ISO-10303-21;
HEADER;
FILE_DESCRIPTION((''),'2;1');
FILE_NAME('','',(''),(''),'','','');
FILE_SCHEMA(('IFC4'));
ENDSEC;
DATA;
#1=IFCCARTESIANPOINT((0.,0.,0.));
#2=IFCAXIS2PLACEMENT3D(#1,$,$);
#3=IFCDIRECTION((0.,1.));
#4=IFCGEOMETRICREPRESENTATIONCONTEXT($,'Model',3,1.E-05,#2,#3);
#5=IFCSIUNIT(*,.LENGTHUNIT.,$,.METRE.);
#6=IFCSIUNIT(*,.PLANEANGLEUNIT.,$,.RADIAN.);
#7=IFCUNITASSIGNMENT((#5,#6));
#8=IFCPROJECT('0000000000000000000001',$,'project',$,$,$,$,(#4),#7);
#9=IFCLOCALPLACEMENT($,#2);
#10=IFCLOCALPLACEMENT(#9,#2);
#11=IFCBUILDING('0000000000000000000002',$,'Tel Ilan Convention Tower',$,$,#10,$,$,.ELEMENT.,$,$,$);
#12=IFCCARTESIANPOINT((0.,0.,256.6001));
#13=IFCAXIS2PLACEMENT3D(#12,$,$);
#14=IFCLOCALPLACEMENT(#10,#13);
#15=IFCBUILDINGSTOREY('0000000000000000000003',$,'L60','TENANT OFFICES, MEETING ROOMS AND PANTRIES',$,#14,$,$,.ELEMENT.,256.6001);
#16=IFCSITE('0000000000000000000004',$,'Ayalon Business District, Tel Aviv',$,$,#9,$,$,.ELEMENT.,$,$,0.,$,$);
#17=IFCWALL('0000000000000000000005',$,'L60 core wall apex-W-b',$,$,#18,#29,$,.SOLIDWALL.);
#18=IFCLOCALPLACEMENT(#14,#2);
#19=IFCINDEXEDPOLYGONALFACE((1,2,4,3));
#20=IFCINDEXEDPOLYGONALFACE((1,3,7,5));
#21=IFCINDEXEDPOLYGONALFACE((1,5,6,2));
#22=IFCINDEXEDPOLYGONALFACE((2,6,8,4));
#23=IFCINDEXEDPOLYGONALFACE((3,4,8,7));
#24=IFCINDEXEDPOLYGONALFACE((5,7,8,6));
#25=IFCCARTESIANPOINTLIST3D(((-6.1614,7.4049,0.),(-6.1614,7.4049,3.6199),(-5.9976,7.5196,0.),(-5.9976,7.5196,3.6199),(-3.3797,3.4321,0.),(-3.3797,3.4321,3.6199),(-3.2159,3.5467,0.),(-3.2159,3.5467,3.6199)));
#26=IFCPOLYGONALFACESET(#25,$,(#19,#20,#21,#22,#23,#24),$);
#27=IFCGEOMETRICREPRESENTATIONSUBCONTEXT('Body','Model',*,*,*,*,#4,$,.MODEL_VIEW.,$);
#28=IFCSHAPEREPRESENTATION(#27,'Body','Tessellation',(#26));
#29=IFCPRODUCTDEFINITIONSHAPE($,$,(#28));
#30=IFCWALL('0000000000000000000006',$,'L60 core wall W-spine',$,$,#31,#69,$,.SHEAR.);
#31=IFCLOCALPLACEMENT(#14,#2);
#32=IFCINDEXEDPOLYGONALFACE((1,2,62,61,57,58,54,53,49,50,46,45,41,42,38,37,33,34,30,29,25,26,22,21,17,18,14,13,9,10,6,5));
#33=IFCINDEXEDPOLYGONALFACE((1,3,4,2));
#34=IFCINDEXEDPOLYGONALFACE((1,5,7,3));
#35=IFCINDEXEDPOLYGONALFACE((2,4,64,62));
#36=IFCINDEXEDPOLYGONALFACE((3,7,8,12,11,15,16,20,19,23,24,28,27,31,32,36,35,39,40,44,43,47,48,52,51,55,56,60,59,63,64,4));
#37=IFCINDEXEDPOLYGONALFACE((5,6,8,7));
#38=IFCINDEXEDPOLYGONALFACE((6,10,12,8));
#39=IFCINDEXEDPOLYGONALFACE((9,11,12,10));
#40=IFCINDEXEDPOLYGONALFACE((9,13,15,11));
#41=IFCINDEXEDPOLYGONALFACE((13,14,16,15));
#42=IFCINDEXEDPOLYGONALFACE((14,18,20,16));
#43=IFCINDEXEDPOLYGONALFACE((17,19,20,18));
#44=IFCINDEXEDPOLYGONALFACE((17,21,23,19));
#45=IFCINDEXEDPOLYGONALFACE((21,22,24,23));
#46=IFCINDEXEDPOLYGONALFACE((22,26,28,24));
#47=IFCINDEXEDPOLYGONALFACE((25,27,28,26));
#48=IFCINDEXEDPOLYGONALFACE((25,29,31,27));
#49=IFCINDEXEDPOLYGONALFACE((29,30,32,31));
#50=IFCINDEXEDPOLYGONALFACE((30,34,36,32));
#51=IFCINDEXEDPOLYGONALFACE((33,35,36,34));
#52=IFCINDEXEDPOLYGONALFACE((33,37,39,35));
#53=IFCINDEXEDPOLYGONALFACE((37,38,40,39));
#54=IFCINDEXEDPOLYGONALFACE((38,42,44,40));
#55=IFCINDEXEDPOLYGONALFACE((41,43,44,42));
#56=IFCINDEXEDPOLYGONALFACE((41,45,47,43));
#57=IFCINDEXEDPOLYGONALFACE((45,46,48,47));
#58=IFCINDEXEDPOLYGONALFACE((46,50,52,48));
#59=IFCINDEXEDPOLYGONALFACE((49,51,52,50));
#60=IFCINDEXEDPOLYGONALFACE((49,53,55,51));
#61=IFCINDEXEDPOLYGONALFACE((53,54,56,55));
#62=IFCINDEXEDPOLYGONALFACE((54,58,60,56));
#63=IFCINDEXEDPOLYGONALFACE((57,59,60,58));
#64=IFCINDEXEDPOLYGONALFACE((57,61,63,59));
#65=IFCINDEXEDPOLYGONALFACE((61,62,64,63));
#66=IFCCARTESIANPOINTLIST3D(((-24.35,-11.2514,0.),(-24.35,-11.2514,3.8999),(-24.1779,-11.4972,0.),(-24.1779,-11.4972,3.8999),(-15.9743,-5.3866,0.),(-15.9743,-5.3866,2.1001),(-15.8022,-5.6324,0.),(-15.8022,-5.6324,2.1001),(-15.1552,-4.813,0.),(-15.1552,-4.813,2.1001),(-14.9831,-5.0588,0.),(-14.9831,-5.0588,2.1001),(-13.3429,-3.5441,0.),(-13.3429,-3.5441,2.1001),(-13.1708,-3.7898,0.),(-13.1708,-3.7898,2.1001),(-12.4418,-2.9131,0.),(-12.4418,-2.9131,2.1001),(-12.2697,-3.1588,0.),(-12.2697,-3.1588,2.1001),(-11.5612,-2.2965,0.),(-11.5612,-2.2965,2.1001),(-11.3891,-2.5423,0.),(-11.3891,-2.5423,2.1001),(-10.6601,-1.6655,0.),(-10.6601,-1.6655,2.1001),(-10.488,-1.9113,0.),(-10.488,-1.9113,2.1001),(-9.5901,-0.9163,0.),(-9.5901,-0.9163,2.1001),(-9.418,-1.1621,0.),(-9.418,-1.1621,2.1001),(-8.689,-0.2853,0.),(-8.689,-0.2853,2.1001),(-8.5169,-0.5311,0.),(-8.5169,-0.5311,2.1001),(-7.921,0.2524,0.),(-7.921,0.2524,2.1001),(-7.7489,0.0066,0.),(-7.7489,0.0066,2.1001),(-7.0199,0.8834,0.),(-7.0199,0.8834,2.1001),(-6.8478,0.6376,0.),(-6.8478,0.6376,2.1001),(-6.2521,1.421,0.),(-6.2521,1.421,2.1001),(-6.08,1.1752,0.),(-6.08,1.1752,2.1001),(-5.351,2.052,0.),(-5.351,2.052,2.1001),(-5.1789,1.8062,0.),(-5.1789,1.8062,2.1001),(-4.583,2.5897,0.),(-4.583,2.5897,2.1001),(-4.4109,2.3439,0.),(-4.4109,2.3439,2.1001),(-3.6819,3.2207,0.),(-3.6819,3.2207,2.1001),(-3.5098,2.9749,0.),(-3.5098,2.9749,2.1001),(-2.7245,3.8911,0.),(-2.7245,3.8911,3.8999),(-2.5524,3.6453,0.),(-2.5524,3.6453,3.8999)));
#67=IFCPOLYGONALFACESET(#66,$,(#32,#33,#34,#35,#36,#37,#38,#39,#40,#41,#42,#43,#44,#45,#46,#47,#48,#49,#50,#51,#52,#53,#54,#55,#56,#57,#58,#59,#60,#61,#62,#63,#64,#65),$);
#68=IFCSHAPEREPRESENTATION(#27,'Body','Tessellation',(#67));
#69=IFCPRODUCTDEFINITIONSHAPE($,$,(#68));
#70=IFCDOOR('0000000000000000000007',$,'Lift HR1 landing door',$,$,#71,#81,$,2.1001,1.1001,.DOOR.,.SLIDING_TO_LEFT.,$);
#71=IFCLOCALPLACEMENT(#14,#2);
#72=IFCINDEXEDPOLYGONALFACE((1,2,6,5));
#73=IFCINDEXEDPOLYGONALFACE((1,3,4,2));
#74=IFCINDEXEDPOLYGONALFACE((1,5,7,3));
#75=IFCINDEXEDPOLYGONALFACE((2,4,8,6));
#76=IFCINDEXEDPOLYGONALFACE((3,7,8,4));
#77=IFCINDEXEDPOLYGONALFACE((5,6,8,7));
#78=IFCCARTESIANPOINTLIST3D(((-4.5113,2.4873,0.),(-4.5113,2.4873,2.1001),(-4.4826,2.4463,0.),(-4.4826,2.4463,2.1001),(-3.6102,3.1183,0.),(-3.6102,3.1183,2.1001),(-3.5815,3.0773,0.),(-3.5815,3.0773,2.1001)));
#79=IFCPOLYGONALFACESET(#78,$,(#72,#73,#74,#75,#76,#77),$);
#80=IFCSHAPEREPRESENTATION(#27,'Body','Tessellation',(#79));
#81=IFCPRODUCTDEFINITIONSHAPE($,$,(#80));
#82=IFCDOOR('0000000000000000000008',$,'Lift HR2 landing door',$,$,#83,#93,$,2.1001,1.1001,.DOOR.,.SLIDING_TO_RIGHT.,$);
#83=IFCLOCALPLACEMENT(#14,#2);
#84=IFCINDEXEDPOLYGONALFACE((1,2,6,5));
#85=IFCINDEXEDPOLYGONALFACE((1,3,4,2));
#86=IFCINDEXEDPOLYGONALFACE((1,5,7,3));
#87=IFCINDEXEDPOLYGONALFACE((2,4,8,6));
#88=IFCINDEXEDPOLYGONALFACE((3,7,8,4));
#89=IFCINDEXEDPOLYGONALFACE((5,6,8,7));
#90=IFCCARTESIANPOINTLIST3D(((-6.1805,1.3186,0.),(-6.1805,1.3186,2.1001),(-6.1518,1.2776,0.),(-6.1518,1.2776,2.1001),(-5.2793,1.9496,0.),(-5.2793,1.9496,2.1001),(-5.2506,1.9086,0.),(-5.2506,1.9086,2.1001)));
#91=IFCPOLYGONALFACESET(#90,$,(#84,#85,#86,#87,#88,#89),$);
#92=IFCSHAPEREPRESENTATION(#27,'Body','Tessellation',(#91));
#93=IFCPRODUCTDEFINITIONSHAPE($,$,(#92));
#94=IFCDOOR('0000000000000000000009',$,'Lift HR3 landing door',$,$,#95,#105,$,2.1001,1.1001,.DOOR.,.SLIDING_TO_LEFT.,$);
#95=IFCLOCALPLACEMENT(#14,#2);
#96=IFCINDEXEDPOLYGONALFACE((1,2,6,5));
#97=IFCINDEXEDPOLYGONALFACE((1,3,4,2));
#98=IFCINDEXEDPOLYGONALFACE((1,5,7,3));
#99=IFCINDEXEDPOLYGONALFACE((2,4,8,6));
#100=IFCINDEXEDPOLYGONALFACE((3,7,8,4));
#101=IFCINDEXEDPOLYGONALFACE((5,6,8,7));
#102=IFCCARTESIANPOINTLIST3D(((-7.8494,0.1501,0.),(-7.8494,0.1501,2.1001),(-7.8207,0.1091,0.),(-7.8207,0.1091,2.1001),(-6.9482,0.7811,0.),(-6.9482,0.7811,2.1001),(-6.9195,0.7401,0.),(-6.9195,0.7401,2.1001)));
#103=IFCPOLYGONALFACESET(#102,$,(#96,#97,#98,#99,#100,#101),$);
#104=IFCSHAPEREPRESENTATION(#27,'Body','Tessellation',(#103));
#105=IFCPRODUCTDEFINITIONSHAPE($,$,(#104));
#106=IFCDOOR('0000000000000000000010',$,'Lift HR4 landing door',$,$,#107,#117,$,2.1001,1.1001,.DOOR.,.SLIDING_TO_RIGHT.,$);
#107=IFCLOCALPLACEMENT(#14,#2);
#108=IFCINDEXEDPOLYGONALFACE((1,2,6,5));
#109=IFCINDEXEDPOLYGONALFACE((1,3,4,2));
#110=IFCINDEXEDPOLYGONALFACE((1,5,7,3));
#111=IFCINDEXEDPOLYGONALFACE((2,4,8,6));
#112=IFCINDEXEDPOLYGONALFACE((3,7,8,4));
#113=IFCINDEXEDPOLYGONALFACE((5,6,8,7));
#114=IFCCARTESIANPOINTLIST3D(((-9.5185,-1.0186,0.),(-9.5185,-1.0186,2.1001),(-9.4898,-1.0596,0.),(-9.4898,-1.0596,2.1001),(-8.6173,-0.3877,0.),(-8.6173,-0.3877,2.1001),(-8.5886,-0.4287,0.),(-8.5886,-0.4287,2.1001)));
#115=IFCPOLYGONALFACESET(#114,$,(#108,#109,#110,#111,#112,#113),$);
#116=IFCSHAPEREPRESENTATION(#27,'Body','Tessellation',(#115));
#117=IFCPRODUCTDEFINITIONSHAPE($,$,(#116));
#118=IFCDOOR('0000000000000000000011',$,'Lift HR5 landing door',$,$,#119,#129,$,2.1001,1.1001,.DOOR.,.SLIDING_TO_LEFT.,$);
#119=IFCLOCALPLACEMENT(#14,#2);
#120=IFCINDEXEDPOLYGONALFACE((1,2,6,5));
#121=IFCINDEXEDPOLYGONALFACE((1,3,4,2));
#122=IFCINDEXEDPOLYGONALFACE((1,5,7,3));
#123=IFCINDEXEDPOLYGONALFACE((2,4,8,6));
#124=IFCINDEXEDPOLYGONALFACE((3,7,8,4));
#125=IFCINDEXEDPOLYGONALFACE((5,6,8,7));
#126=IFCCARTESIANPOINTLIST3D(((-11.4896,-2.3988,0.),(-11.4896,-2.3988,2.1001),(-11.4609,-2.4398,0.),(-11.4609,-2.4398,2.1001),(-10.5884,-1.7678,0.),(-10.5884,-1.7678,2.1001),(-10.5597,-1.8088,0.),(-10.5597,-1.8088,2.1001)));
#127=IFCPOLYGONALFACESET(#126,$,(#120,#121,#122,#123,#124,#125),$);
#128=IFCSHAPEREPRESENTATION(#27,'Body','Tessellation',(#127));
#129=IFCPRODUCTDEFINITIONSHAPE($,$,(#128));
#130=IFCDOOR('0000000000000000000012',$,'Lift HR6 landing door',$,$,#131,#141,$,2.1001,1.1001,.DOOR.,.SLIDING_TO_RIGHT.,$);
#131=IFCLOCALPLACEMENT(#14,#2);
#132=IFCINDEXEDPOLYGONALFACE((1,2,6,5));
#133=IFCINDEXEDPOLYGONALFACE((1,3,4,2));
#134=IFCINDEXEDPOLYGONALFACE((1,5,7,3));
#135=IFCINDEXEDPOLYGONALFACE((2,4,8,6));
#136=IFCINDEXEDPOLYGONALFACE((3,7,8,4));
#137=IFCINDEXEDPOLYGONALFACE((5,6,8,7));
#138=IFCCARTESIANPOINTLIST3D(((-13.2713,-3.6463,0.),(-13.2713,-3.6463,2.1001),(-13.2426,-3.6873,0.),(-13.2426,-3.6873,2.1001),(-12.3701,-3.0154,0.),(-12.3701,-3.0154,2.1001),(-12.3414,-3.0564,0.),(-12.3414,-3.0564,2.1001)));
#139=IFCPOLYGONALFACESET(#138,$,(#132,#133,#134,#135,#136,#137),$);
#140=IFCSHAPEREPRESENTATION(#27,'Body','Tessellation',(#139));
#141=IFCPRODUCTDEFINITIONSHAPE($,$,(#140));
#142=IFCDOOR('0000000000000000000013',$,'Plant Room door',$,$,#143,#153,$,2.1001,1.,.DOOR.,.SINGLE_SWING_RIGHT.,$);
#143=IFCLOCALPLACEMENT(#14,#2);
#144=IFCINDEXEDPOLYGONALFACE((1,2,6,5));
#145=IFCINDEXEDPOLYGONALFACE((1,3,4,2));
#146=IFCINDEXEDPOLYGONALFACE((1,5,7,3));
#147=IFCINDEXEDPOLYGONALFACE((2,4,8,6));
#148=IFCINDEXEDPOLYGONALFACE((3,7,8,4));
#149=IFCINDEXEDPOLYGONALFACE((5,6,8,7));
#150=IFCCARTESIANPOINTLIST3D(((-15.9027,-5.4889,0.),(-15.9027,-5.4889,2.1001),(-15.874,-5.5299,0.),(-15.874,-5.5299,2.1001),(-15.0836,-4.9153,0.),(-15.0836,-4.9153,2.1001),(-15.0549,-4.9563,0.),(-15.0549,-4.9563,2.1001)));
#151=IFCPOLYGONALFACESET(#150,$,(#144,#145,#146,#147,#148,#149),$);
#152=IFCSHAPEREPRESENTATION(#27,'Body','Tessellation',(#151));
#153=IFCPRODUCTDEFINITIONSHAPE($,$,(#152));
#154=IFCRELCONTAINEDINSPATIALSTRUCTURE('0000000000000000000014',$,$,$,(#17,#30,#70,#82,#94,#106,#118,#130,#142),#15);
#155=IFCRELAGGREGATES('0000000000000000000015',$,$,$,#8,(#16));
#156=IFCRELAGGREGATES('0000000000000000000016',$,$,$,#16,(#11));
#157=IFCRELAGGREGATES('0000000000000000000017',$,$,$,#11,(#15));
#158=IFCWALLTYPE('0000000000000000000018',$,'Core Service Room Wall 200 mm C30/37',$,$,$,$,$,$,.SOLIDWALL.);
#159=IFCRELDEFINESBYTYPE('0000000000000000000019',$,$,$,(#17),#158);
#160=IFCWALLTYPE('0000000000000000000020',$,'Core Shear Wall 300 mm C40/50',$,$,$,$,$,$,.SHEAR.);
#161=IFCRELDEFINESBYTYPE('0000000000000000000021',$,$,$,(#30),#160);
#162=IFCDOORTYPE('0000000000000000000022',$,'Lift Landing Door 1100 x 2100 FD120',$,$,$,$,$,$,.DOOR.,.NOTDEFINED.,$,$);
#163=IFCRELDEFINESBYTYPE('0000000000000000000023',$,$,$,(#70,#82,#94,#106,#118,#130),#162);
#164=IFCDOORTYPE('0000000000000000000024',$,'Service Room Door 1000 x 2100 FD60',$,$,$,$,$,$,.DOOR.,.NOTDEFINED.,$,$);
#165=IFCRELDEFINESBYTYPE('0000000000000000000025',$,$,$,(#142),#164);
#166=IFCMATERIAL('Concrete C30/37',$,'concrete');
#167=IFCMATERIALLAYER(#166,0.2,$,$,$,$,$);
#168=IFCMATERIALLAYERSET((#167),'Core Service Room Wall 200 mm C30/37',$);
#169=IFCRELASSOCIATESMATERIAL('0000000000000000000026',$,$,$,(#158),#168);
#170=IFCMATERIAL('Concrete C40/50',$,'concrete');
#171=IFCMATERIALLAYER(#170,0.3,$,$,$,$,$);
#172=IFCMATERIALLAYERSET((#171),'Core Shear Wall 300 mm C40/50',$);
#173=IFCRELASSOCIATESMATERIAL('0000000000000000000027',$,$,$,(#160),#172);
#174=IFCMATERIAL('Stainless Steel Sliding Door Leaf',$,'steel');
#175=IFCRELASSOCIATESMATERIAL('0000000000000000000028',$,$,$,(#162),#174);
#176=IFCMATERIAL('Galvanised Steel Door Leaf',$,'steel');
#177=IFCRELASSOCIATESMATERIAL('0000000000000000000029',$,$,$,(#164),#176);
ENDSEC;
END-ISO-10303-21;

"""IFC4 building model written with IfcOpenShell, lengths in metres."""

from ifc_helpers import new_model, si_unit, direction, frame, frame_2d, origin, place, context, subcontext, project, spatial, polyline, rectangle, outline, extrude, material, layer, layer_set, type_object, element, fill, save


model = new_model("IFC4")

# Units and contexts
model_context = context("Model", 3, precision=1e-05, world=origin(), true_north=direction((0.0, 1.0)))
body_context = subcontext(model_context, "Body", "Model", "MODEL_VIEW")
ifc_project = project(units=[si_unit("LENGTHUNIT", "METRE"), si_unit("PLANEANGLEUNIT", "RADIAN")], contexts=[model_context])

# Site, building, storey
site_placement = place(None, origin())
site = spatial("IfcSite", under=ifc_project, at=site_placement, Name="Ayalon Business District, Tel Aviv", CompositionType="ELEMENT", RefElevation=0.0)
building_placement = place(site_placement, origin())
building = spatial("IfcBuilding", under=site, at=building_placement, Name="Tel Ilan Convention Tower", CompositionType="ELEMENT")
storey_placement = place(building_placement, frame((0.0, 0.0, 256.6001)))
storey = spatial("IfcBuildingStorey", under=building, at=storey_placement, Name="L60", Description="TENANT OFFICES, MEETING ROOMS AND PANTRIES", CompositionType="ELEMENT", Elevation=256.6001)

# Wall
ifc_material_1 = material(Name="Concrete C30/37", Category="concrete")
ifc_layer_1 = layer(ifc_material_1, 0.2)
ifc_layer_set_1 = layer_set([ifc_layer_1], Name="Core Service Room Wall 200 mm C30/37")
wall_type_1 = type_object("IfcWallType", Name="Core Service Room Wall 200 mm C30/37", PredefinedType="SOLIDWALL", material=ifc_layer_set_1)
wall_1_placement = place(storey_placement, frame((-3.2979, 3.4895, 0.0), z_axis=(0.0, 0.0, 1.0), x_axis=(-0.57356, 0.819163, 0.0)))
element("IfcWall", 1, at=wall_1_placement, inside=storey, type_object=wall_type_1, Name="L60 core wall apex-W-b", PredefinedType="SOLIDWALL", context=body_context, shape_type="SweptSolid", body=[
    extrude(rectangle(XDim=4.8499, YDim=0.2, at=frame_2d((2.4248, 0.0))), origin(), (0.0, 0.0, 1.0), 3.6199),
])

# Wall, openings, doors
ifc_material_2 = material(Name="Concrete C40/50", Category="concrete")
ifc_layer_2 = layer(ifc_material_2, 0.3)
ifc_layer_set_2 = layer_set([ifc_layer_2], Name="Core Shear Wall 300 mm C40/50")
wall_type_2 = type_object("IfcWallType", Name="Core Shear Wall 300 mm C40/50", PredefinedType="SHEAR", material=ifc_layer_set_2)
wall_2_placement = place(storey_placement, frame((-2.6384, 3.7681, 0.0), z_axis=(0.0, 0.0, 1.0), x_axis=(-0.819155, -0.573572, 0.0)))
wall_2 = element("IfcWall", 2, at=wall_2_placement, inside=storey, type_object=wall_type_2, Name="L60 core wall W-spine", PredefinedType="SHEAR", context=body_context, shape_type="SweptSolid", body=[
    extrude(outline(polyline([(26.3999, 0.1501), (0.0, 0.1499), (0.0, -0.1501), (26.3999, -0.1499), (26.3999, 0.1501)])), origin(), (0.0, 0.0, 1.0), 3.8999),
])
opening_1_placement = place(wall_2_placement, frame((1.1687, 0.0, 0.0)))
opening_1 = element("IfcOpeningElement", 3, at=opening_1_placement, cuts=wall_2, PredefinedType="OPENING", context=body_context, shape_type="SweptSolid", body=[
    extrude(rectangle(XDim=1.1001, YDim=2.1001, at=frame_2d((0.55, 1.05))), frame((0.0, 0.1599, 0.0), z_axis=(0.0, -1.0, 0.0), x_axis=(1.0, 0.0, 0.0)), (0.0, 0.0, 1.0), 0.3201),
])
opening_2_placement = place(wall_2_placement, frame((3.2063, 0.0, 0.0)))
opening_2 = element("IfcOpeningElement", 4, at=opening_2_placement, cuts=wall_2, PredefinedType="OPENING", context=body_context, shape_type="SweptSolid", body=[
    extrude(rectangle(XDim=1.1001, YDim=2.1001, at=frame_2d((0.55, 1.05))), frame((0.0, 0.1599, 0.0), z_axis=(0.0, -1.0, 0.0), x_axis=(1.0, 0.0, 0.0)), (0.0, 0.0, 1.0), 0.3201),
])
opening_3_placement = place(wall_2_placement, frame((5.2437, 0.0, 0.0)))
opening_3 = element("IfcOpeningElement", 5, at=opening_3_placement, cuts=wall_2, PredefinedType="OPENING", context=body_context, shape_type="SweptSolid", body=[
    extrude(rectangle(XDim=1.1001, YDim=2.1001, at=frame_2d((0.55, 1.05))), frame((0.0, 0.1599, 0.0), z_axis=(0.0, -1.0, 0.0), x_axis=(1.0, 0.0, 0.0)), (0.0, 0.0, 1.0), 0.3201),
])
opening_4_placement = place(wall_2_placement, frame((7.2812, 0.0, 0.0)))
opening_4 = element("IfcOpeningElement", 6, at=opening_4_placement, cuts=wall_2, PredefinedType="OPENING", context=body_context, shape_type="SweptSolid", body=[
    extrude(rectangle(XDim=1.1001, YDim=2.1001, at=frame_2d((0.55, 1.05))), frame((0.0, 0.1599, 0.0), z_axis=(0.0, -1.0, 0.0), x_axis=(1.0, 0.0, 0.0)), (0.0, 0.0, 1.0), 0.3201),
])
opening_5_placement = place(wall_2_placement, frame((9.6875, 0.0, 0.0)))
opening_5 = element("IfcOpeningElement", 7, at=opening_5_placement, cuts=wall_2, PredefinedType="OPENING", context=body_context, shape_type="SweptSolid", body=[
    extrude(rectangle(XDim=1.1001, YDim=2.1001, at=frame_2d((0.55, 1.05))), frame((0.0, 0.1599, 0.0), z_axis=(0.0, -1.0, 0.0), x_axis=(1.0, 0.0, 0.0)), (0.0, 0.0, 1.0), 0.3201),
])
opening_6_placement = place(wall_2_placement, frame((11.8625, 0.0, 0.0)))
opening_6 = element("IfcOpeningElement", 8, at=opening_6_placement, cuts=wall_2, PredefinedType="OPENING", context=body_context, shape_type="SweptSolid", body=[
    extrude(rectangle(XDim=1.1001, YDim=2.1001, at=frame_2d((0.55, 1.05))), frame((0.0, 0.1599, 0.0), z_axis=(0.0, -1.0, 0.0), x_axis=(1.0, 0.0, 0.0)), (0.0, 0.0, 1.0), 0.3201),
])
opening_7_placement = place(wall_2_placement, frame((15.175, 0.0, 0.0)))
opening_7 = element("IfcOpeningElement", 9, at=opening_7_placement, cuts=wall_2, PredefinedType="OPENING", context=body_context, shape_type="SweptSolid", body=[
    extrude(rectangle(XDim=1.0, YDim=2.1001, at=frame_2d((0.5, 1.05))), frame((0.0, 0.1599, 0.0), z_axis=(0.0, -1.0, 0.0), x_axis=(1.0, 0.0, 0.0)), (0.0, 0.0, 1.0), 0.3201),
])
ifc_material_3 = material(Name="Stainless Steel Sliding Door Leaf", Category="steel")
door_type_1 = type_object("IfcDoorType", Name="Lift Landing Door 1100 x 2100 FD120", OperationType="NOTDEFINED", PredefinedType="DOOR", material=ifc_material_3)
door_1_placement = place(opening_1_placement, origin())
door_1 = element("IfcDoor", 10, at=door_1_placement, inside=storey, type_object=door_type_1, Name="Lift HR1 landing door", OperationType="SLIDING_TO_LEFT", OverallHeight=2.1001, OverallWidth=1.1001, PredefinedType="DOOR", context=body_context, shape_type="SweptSolid", body=[
    extrude(rectangle(XDim=1.1001, YDim=2.1001, at=frame_2d((0.55, 1.05))), frame((0.0, 0.0249, 0.0), z_axis=(0.0, -1.0, 0.0), x_axis=(1.0, 0.0, 0.0)), (0.0, 0.0, 1.0), 0.05),
])
fill(opening_1, door_1)
door_2_placement = place(opening_2_placement, origin())
door_2 = element("IfcDoor", 11, at=door_2_placement, inside=storey, type_object=door_type_1, Name="Lift HR2 landing door", OperationType="SLIDING_TO_RIGHT", OverallHeight=2.1001, OverallWidth=1.1001, PredefinedType="DOOR", context=body_context, shape_type="SweptSolid", body=[
    extrude(rectangle(XDim=1.1001, YDim=2.1001, at=frame_2d((0.55, 1.05))), frame((0.0, 0.0249, 0.0), z_axis=(0.0, -1.0, 0.0), x_axis=(1.0, 0.0, 0.0)), (0.0, 0.0, 1.0), 0.05),
])
fill(opening_2, door_2)
door_3_placement = place(opening_3_placement, origin())
door_3 = element("IfcDoor", 12, at=door_3_placement, inside=storey, type_object=door_type_1, Name="Lift HR3 landing door", OperationType="SLIDING_TO_LEFT", OverallHeight=2.1001, OverallWidth=1.1001, PredefinedType="DOOR", context=body_context, shape_type="SweptSolid", body=[
    extrude(rectangle(XDim=1.1001, YDim=2.1001, at=frame_2d((0.55, 1.05))), frame((0.0, 0.0249, 0.0), z_axis=(0.0, -1.0, 0.0), x_axis=(1.0, 0.0, 0.0)), (0.0, 0.0, 1.0), 0.05),
])
fill(opening_3, door_3)
door_4_placement = place(opening_4_placement, origin())
door_4 = element("IfcDoor", 13, at=door_4_placement, inside=storey, type_object=door_type_1, Name="Lift HR4 landing door", OperationType="SLIDING_TO_RIGHT", OverallHeight=2.1001, OverallWidth=1.1001, PredefinedType="DOOR", context=body_context, shape_type="SweptSolid", body=[
    extrude(rectangle(XDim=1.1001, YDim=2.1001, at=frame_2d((0.55, 1.05))), frame((0.0, 0.0249, 0.0), z_axis=(0.0, -1.0, 0.0), x_axis=(1.0, 0.0, 0.0)), (0.0, 0.0, 1.0), 0.05),
])
fill(opening_4, door_4)
door_5_placement = place(opening_5_placement, origin())
door_5 = element("IfcDoor", 14, at=door_5_placement, inside=storey, type_object=door_type_1, Name="Lift HR5 landing door", OperationType="SLIDING_TO_LEFT", OverallHeight=2.1001, OverallWidth=1.1001, PredefinedType="DOOR", context=body_context, shape_type="SweptSolid", body=[
    extrude(rectangle(XDim=1.1001, YDim=2.1001, at=frame_2d((0.55, 1.05))), frame((0.0, 0.0249, 0.0), z_axis=(0.0, -1.0, 0.0), x_axis=(1.0, 0.0, 0.0)), (0.0, 0.0, 1.0), 0.05),
])
fill(opening_5, door_5)
door_6_placement = place(opening_6_placement, origin())
door_6 = element("IfcDoor", 15, at=door_6_placement, inside=storey, type_object=door_type_1, Name="Lift HR6 landing door", OperationType="SLIDING_TO_RIGHT", OverallHeight=2.1001, OverallWidth=1.1001, PredefinedType="DOOR", context=body_context, shape_type="SweptSolid", body=[
    extrude(rectangle(XDim=1.1001, YDim=2.1001, at=frame_2d((0.55, 1.05))), frame((0.0, 0.0249, 0.0), z_axis=(0.0, -1.0, 0.0), x_axis=(1.0, 0.0, 0.0)), (0.0, 0.0, 1.0), 0.05),
])
fill(opening_6, door_6)
ifc_material_4 = material(Name="Galvanised Steel Door Leaf", Category="steel")
door_type_2 = type_object("IfcDoorType", Name="Service Room Door 1000 x 2100 FD60", OperationType="NOTDEFINED", PredefinedType="DOOR", material=ifc_material_4)
door_7_placement = place(opening_7_placement, origin())
door_7 = element("IfcDoor", 16, at=door_7_placement, inside=storey, type_object=door_type_2, Name="Plant Room door", OperationType="SINGLE_SWING_RIGHT", OverallHeight=2.1001, OverallWidth=1.0, PredefinedType="DOOR", context=body_context, shape_type="SweptSolid", body=[
    extrude(rectangle(XDim=1.0, YDim=2.1001, at=frame_2d((0.5, 1.05))), frame((0.0, 0.0249, 0.0), z_axis=(0.0, -1.0, 0.0), x_axis=(1.0, 0.0, 0.0)), (0.0, 0.0, 1.0), 0.05),
])
fill(opening_7, door_7)

save(model, "model.ifc")
